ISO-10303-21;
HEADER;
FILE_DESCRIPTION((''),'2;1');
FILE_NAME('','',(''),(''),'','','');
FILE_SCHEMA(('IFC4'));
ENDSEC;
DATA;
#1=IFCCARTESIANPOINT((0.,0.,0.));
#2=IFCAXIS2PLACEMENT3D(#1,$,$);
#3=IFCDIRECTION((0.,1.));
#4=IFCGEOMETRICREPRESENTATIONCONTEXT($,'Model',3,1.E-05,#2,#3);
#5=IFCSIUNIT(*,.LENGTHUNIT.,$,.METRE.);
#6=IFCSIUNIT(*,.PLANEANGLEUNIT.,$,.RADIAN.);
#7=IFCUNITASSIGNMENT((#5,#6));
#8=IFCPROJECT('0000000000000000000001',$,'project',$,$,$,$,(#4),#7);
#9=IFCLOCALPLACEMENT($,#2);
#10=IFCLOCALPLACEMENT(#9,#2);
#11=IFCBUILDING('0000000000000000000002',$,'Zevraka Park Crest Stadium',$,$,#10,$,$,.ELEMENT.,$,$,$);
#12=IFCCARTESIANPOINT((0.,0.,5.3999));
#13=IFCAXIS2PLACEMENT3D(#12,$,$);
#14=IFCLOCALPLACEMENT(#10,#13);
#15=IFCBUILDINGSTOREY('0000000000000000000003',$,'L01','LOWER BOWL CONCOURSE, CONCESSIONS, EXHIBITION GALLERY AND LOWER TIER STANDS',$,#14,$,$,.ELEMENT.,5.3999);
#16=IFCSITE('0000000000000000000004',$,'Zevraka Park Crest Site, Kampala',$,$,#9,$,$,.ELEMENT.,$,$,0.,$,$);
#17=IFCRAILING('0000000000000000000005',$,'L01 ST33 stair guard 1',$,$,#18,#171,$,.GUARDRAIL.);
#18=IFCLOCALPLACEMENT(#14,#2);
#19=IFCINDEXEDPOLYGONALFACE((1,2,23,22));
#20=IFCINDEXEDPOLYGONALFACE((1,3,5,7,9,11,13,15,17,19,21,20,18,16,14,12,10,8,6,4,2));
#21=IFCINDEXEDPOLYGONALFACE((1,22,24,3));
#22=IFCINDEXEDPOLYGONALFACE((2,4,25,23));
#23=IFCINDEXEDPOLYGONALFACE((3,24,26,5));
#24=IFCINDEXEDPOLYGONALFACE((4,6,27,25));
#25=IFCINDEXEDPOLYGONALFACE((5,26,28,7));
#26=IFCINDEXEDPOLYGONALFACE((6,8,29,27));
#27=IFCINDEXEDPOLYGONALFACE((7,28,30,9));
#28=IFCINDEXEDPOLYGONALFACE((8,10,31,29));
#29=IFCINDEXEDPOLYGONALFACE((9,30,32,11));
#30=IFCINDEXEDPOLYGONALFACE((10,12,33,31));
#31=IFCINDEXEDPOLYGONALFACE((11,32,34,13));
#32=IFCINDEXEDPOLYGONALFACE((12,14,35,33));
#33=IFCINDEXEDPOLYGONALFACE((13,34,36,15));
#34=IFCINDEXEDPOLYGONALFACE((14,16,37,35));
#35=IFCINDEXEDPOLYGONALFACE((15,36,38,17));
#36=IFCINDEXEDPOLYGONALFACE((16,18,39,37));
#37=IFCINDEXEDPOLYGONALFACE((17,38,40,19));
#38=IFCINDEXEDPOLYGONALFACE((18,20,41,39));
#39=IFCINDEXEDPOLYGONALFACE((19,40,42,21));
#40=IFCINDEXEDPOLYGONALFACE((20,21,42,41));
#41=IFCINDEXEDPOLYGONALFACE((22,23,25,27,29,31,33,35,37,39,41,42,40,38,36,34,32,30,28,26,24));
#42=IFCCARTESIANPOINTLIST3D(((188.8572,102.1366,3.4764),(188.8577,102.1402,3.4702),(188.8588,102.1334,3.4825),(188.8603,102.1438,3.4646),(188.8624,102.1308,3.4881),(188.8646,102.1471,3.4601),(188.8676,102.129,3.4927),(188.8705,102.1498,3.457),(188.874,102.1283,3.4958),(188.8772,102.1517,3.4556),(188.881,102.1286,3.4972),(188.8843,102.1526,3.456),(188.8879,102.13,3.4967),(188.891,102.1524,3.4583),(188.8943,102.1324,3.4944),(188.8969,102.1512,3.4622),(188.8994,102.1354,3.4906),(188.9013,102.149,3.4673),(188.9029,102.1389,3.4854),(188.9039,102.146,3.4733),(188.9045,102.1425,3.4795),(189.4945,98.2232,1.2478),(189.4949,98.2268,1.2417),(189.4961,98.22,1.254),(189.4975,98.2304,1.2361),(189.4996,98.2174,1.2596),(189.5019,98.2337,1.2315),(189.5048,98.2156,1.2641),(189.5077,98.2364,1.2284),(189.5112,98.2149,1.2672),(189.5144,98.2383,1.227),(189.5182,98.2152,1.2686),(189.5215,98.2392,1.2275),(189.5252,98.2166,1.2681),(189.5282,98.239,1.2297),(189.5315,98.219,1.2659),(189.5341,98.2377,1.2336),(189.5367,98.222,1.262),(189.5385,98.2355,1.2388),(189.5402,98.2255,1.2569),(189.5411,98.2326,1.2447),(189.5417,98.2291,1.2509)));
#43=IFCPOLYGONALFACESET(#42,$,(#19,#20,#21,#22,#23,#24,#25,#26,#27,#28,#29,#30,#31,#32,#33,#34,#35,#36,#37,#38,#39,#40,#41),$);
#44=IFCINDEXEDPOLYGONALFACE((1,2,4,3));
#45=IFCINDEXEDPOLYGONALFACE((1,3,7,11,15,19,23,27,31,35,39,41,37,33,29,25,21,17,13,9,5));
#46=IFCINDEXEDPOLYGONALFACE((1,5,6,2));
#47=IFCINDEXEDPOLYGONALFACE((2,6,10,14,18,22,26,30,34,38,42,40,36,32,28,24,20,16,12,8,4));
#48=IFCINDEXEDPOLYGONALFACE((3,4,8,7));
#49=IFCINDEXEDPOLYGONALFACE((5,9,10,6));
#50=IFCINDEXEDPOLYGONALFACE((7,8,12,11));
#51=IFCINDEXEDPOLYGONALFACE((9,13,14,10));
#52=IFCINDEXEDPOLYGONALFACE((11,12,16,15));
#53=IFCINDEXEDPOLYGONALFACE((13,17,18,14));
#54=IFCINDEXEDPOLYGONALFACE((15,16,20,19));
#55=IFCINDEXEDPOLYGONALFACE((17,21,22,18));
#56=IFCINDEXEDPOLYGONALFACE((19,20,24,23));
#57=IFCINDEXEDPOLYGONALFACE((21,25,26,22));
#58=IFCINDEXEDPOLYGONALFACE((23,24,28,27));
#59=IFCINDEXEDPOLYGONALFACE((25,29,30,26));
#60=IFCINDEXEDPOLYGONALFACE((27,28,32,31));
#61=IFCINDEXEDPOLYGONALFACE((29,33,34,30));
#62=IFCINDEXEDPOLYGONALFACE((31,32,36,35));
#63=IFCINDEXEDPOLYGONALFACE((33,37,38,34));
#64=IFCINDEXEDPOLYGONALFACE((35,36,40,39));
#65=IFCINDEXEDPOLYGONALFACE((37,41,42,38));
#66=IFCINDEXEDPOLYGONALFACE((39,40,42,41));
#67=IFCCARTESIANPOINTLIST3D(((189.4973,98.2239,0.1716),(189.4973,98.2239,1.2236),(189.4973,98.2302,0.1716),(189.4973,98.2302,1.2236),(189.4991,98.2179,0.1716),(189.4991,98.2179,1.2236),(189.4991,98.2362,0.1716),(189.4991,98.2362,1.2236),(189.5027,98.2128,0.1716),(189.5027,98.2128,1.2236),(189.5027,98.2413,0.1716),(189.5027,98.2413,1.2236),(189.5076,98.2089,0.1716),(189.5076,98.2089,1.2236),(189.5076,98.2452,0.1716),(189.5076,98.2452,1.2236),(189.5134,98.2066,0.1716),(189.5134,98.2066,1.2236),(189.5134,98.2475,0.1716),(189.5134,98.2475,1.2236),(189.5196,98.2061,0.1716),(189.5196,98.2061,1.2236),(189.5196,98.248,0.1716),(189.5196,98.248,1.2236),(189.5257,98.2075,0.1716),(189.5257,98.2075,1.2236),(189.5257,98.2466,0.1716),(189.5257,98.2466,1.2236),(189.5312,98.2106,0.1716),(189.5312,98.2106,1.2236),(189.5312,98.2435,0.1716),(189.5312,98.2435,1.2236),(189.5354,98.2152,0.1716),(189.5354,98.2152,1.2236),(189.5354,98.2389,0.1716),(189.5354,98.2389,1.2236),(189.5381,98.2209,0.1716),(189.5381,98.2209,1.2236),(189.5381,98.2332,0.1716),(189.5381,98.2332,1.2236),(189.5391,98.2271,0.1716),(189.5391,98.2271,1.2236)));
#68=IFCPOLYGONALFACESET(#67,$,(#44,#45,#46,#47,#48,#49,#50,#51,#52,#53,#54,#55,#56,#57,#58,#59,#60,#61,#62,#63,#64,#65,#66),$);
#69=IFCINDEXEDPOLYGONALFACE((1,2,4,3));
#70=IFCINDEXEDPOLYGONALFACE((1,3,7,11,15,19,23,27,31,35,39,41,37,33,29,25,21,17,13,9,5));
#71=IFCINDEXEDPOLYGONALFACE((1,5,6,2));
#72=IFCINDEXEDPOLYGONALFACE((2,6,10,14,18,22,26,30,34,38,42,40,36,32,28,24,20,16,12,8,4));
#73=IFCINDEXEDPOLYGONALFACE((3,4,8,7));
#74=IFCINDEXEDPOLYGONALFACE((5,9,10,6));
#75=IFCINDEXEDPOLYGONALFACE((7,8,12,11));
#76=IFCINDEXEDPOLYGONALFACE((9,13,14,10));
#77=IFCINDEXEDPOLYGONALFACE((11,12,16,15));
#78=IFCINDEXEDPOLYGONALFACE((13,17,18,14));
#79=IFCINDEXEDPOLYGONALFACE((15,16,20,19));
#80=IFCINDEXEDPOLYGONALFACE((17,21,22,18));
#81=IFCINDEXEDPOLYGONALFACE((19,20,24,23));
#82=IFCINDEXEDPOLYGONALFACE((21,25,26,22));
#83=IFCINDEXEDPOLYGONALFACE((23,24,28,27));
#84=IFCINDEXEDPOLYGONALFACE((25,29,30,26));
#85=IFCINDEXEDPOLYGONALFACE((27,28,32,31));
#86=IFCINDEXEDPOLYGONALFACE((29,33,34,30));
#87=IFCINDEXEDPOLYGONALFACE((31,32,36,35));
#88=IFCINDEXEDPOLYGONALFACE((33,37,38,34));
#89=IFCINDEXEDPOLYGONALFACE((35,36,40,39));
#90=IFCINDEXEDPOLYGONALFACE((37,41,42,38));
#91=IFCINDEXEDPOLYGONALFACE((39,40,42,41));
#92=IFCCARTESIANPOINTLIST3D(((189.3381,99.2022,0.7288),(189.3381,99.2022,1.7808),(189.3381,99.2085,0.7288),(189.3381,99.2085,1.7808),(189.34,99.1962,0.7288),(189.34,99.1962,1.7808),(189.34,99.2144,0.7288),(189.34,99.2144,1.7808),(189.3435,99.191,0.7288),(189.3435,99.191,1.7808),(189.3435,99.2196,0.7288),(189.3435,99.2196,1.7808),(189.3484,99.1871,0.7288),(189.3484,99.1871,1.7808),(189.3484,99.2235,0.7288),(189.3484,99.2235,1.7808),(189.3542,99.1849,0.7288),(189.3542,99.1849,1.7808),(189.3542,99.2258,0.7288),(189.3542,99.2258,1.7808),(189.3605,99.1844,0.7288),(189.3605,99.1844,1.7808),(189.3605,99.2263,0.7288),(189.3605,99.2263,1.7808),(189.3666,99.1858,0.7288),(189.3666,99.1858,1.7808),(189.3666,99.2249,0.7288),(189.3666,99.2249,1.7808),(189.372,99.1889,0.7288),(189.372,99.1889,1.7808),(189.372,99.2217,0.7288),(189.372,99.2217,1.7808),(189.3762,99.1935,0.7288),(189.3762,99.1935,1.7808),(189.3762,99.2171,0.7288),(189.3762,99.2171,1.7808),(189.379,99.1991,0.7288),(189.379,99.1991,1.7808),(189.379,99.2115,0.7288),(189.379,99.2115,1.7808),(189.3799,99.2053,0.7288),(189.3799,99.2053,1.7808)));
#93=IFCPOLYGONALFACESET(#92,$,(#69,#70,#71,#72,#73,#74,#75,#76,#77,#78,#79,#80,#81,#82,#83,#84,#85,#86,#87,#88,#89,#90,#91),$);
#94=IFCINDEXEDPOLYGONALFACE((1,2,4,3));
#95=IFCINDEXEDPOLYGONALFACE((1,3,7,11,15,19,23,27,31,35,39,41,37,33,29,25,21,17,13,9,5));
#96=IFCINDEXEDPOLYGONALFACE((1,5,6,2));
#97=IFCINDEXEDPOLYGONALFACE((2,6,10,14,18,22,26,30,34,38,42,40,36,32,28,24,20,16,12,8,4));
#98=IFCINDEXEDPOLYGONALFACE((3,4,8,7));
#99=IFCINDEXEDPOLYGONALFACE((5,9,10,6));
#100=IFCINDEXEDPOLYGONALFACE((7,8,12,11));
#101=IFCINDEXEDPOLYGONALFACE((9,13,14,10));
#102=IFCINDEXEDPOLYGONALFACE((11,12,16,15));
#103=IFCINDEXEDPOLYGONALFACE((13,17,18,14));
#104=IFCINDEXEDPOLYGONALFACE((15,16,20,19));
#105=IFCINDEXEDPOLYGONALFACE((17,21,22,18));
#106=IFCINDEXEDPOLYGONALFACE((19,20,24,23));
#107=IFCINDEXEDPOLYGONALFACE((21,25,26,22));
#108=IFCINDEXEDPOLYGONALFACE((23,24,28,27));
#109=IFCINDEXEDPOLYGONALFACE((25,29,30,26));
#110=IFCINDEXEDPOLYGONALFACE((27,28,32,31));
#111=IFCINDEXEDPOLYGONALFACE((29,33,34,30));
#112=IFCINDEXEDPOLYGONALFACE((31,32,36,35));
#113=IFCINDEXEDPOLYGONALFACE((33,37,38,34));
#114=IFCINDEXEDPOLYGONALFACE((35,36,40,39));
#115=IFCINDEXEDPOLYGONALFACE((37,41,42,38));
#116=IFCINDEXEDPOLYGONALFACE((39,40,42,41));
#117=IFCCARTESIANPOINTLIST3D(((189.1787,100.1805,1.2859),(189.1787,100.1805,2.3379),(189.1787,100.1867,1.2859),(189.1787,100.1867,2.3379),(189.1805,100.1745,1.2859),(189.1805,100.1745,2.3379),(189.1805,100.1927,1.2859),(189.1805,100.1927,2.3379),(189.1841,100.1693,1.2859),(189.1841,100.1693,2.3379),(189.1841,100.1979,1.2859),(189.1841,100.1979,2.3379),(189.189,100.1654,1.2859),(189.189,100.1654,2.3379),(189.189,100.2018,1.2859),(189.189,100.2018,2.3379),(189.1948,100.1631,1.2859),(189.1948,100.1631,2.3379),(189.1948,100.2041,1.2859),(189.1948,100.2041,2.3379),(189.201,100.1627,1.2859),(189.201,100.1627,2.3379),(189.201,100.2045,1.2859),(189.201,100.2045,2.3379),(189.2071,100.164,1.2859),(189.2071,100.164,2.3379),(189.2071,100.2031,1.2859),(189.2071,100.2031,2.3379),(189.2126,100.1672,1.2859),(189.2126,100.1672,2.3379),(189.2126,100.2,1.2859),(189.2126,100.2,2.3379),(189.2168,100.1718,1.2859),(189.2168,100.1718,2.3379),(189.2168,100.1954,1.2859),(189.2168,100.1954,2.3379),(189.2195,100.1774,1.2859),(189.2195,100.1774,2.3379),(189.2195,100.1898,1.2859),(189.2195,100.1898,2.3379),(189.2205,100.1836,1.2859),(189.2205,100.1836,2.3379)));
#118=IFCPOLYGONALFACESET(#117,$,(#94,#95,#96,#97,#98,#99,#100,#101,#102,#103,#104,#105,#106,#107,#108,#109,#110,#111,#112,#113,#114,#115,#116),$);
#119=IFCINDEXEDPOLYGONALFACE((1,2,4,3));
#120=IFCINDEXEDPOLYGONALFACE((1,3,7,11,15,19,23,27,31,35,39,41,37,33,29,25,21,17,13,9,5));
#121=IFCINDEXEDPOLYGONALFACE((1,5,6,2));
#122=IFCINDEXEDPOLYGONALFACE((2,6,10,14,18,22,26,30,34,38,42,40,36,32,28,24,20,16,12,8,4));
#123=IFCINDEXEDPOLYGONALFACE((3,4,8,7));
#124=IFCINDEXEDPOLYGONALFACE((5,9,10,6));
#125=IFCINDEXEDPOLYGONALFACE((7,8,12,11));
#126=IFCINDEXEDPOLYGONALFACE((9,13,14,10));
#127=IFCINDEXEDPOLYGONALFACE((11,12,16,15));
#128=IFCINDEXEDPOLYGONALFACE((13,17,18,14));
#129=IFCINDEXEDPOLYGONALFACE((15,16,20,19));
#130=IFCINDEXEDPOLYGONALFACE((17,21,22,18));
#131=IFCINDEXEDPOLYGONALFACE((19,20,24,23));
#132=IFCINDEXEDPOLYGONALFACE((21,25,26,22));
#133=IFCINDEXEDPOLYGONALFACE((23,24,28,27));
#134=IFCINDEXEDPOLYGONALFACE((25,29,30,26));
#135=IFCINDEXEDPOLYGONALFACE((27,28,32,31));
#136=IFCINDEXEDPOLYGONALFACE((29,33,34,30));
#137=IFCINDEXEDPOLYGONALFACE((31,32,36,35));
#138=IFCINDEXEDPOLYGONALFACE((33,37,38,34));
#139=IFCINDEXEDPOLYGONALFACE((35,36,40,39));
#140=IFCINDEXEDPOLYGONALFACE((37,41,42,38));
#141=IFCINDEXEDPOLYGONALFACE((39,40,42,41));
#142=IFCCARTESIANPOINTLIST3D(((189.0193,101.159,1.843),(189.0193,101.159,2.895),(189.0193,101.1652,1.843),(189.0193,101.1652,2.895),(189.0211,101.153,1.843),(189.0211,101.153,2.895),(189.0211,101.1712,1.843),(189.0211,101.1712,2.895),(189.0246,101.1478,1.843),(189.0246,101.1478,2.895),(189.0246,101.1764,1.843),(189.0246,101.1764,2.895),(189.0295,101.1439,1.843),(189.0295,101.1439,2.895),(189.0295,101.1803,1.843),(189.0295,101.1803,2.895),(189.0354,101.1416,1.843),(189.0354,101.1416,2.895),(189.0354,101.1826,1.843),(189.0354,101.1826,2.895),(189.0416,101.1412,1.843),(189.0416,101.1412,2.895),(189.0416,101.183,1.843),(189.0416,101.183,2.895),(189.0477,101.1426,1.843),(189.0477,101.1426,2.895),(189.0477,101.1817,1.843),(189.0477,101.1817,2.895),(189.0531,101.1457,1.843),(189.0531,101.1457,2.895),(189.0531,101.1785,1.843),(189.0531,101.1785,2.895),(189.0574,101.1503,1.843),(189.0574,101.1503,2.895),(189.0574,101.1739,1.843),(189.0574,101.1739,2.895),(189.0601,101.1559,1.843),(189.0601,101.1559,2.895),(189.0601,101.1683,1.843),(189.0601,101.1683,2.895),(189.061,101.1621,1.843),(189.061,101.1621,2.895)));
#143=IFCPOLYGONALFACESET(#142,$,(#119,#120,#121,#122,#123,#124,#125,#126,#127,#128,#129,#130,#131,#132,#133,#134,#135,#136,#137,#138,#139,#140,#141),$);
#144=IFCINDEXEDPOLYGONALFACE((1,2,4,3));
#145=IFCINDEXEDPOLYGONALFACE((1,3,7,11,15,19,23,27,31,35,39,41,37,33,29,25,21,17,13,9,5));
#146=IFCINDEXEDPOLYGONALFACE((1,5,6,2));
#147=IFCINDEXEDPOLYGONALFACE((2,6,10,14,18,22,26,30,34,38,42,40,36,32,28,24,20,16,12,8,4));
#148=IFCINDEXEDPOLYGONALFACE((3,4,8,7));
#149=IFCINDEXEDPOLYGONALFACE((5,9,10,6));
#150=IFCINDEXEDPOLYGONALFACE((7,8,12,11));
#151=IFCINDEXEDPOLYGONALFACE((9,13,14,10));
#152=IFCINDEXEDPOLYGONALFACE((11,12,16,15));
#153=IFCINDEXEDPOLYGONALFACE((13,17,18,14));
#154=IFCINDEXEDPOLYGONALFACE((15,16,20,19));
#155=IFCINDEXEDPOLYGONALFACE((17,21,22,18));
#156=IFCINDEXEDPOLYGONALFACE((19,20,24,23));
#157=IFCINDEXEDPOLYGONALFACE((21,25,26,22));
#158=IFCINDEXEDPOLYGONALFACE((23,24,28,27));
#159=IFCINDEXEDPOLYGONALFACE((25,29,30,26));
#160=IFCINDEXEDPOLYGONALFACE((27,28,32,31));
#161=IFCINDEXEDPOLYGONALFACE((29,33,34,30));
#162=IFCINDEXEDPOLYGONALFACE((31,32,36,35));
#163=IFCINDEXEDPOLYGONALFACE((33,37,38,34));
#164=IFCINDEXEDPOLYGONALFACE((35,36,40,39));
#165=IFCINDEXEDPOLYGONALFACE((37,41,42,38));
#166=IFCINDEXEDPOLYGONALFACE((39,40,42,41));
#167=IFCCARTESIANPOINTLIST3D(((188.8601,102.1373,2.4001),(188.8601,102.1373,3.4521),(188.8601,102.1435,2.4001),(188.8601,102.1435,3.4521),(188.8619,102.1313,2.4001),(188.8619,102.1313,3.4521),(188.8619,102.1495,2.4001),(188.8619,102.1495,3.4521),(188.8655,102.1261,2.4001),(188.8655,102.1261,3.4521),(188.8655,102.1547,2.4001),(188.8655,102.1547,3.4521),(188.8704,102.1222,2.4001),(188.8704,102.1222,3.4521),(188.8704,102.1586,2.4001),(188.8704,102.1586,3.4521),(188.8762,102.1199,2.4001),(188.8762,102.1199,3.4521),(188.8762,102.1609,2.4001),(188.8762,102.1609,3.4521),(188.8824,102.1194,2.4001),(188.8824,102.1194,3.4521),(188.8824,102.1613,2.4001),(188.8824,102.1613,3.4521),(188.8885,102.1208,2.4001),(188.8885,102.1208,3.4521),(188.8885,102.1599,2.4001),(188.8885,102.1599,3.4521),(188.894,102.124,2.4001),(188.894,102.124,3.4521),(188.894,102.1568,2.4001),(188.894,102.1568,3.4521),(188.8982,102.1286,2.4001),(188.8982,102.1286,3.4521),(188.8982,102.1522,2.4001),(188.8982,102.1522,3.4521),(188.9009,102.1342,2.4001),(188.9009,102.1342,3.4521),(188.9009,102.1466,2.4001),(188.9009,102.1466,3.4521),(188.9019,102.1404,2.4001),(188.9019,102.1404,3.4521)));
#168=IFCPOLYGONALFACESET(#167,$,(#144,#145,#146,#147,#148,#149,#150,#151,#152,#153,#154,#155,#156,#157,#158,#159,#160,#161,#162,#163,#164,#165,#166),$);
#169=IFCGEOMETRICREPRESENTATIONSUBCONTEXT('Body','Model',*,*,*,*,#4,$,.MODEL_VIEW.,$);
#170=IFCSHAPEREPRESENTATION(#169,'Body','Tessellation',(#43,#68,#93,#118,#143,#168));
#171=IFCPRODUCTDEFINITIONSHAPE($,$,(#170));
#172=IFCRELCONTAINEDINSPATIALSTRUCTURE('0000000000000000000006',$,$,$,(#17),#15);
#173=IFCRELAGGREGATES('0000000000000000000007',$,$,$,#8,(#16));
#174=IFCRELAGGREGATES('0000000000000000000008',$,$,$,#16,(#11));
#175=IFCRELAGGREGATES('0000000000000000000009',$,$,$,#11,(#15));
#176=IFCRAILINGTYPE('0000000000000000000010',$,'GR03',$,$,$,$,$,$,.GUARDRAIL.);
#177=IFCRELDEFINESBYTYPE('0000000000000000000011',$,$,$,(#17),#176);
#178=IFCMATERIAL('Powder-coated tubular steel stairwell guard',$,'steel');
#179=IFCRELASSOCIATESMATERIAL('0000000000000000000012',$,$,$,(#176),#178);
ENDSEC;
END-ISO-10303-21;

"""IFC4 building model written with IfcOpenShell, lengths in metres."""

from ifc_helpers import new_model, si_unit, direction, frame, origin, origin_2d, place, context, subcontext, project, spatial, circle, extrude, material, type_object, element, save


model = new_model("IFC4")

# Units and contexts
model_context = context("Model", 3, precision=1e-05, world=origin(), true_north=direction((0.0, 1.0)))
body_context = subcontext(model_context, "Body", "Model", "MODEL_VIEW")
ifc_project = project(units=[si_unit("LENGTHUNIT", "METRE"), si_unit("PLANEANGLEUNIT", "RADIAN")], contexts=[model_context])

# Site, building, storey
site_placement = place(None, origin())
site = spatial("IfcSite", under=ifc_project, at=site_placement, Name="Zevraka Park Crest Site, Kampala", CompositionType="ELEMENT", RefElevation=0.0)
building_placement = place(site_placement, origin())
building = spatial("IfcBuilding", under=site, at=building_placement, Name="Zevraka Park Crest Stadium", CompositionType="ELEMENT")
storey_placement = place(building_placement, frame((0.0, 0.0, 5.3999)))
storey = spatial("IfcBuildingStorey", under=building, at=storey_placement, Name="L01", Description="LOWER BOWL CONCOURSE, CONCESSIONS, EXHIBITION GALLERY AND LOWER TIER STANDS", CompositionType="ELEMENT", Elevation=5.3999)

# Railing
ifc_material_1 = material(Name="Powder-coated tubular steel stairwell guard", Category="steel")
railing_type_1 = type_object("IfcRailingType", Name="GR03", PredefinedType="GUARDRAIL", material=ifc_material_1)
railing_1_placement = place(storey_placement, frame((189.5181, 98.2271, 0.1716)))
element("IfcRailing", 1, at=railing_1_placement, inside=storey, type_object=railing_type_1, Name="L01 ST33 stair guard 1", PredefinedType="GUARDRAIL", context=body_context, shape_type="SweptSolid", body=[
    extrude(circle(Radius=0.0239, at=origin_2d()), frame((0.0, 0.0, 1.0762), z_axis=(-0.1401, 0.860406, 0.489973), x_axis=(-0.987001, -0.160713, 0.0)), (0.0, 0.0, 1.0), 4.5483),
    extrude(circle(Radius=0.021, at=origin_2d()), origin(), (0.0, 0.0, 1.0), 1.052),
    extrude(circle(Radius=0.021, at=origin_2d()), frame((-0.1592, 0.9783, 0.5571)), (0.0, 0.0, 1.0), 1.052),
    extrude(circle(Radius=0.021, at=origin_2d()), frame((-0.3186, 1.9565, 1.1143)), (0.0, 0.0, 1.0), 1.052),
    extrude(circle(Radius=0.021, at=origin_2d()), frame((-0.478, 2.9351, 1.6714)), (0.0, 0.0, 1.0), 1.052),
    extrude(circle(Radius=0.021, at=origin_2d()), frame((-0.6372, 3.9133, 2.2285)), (0.0, 0.0, 1.0), 1.052),
])

save(model, "model.ifc")
